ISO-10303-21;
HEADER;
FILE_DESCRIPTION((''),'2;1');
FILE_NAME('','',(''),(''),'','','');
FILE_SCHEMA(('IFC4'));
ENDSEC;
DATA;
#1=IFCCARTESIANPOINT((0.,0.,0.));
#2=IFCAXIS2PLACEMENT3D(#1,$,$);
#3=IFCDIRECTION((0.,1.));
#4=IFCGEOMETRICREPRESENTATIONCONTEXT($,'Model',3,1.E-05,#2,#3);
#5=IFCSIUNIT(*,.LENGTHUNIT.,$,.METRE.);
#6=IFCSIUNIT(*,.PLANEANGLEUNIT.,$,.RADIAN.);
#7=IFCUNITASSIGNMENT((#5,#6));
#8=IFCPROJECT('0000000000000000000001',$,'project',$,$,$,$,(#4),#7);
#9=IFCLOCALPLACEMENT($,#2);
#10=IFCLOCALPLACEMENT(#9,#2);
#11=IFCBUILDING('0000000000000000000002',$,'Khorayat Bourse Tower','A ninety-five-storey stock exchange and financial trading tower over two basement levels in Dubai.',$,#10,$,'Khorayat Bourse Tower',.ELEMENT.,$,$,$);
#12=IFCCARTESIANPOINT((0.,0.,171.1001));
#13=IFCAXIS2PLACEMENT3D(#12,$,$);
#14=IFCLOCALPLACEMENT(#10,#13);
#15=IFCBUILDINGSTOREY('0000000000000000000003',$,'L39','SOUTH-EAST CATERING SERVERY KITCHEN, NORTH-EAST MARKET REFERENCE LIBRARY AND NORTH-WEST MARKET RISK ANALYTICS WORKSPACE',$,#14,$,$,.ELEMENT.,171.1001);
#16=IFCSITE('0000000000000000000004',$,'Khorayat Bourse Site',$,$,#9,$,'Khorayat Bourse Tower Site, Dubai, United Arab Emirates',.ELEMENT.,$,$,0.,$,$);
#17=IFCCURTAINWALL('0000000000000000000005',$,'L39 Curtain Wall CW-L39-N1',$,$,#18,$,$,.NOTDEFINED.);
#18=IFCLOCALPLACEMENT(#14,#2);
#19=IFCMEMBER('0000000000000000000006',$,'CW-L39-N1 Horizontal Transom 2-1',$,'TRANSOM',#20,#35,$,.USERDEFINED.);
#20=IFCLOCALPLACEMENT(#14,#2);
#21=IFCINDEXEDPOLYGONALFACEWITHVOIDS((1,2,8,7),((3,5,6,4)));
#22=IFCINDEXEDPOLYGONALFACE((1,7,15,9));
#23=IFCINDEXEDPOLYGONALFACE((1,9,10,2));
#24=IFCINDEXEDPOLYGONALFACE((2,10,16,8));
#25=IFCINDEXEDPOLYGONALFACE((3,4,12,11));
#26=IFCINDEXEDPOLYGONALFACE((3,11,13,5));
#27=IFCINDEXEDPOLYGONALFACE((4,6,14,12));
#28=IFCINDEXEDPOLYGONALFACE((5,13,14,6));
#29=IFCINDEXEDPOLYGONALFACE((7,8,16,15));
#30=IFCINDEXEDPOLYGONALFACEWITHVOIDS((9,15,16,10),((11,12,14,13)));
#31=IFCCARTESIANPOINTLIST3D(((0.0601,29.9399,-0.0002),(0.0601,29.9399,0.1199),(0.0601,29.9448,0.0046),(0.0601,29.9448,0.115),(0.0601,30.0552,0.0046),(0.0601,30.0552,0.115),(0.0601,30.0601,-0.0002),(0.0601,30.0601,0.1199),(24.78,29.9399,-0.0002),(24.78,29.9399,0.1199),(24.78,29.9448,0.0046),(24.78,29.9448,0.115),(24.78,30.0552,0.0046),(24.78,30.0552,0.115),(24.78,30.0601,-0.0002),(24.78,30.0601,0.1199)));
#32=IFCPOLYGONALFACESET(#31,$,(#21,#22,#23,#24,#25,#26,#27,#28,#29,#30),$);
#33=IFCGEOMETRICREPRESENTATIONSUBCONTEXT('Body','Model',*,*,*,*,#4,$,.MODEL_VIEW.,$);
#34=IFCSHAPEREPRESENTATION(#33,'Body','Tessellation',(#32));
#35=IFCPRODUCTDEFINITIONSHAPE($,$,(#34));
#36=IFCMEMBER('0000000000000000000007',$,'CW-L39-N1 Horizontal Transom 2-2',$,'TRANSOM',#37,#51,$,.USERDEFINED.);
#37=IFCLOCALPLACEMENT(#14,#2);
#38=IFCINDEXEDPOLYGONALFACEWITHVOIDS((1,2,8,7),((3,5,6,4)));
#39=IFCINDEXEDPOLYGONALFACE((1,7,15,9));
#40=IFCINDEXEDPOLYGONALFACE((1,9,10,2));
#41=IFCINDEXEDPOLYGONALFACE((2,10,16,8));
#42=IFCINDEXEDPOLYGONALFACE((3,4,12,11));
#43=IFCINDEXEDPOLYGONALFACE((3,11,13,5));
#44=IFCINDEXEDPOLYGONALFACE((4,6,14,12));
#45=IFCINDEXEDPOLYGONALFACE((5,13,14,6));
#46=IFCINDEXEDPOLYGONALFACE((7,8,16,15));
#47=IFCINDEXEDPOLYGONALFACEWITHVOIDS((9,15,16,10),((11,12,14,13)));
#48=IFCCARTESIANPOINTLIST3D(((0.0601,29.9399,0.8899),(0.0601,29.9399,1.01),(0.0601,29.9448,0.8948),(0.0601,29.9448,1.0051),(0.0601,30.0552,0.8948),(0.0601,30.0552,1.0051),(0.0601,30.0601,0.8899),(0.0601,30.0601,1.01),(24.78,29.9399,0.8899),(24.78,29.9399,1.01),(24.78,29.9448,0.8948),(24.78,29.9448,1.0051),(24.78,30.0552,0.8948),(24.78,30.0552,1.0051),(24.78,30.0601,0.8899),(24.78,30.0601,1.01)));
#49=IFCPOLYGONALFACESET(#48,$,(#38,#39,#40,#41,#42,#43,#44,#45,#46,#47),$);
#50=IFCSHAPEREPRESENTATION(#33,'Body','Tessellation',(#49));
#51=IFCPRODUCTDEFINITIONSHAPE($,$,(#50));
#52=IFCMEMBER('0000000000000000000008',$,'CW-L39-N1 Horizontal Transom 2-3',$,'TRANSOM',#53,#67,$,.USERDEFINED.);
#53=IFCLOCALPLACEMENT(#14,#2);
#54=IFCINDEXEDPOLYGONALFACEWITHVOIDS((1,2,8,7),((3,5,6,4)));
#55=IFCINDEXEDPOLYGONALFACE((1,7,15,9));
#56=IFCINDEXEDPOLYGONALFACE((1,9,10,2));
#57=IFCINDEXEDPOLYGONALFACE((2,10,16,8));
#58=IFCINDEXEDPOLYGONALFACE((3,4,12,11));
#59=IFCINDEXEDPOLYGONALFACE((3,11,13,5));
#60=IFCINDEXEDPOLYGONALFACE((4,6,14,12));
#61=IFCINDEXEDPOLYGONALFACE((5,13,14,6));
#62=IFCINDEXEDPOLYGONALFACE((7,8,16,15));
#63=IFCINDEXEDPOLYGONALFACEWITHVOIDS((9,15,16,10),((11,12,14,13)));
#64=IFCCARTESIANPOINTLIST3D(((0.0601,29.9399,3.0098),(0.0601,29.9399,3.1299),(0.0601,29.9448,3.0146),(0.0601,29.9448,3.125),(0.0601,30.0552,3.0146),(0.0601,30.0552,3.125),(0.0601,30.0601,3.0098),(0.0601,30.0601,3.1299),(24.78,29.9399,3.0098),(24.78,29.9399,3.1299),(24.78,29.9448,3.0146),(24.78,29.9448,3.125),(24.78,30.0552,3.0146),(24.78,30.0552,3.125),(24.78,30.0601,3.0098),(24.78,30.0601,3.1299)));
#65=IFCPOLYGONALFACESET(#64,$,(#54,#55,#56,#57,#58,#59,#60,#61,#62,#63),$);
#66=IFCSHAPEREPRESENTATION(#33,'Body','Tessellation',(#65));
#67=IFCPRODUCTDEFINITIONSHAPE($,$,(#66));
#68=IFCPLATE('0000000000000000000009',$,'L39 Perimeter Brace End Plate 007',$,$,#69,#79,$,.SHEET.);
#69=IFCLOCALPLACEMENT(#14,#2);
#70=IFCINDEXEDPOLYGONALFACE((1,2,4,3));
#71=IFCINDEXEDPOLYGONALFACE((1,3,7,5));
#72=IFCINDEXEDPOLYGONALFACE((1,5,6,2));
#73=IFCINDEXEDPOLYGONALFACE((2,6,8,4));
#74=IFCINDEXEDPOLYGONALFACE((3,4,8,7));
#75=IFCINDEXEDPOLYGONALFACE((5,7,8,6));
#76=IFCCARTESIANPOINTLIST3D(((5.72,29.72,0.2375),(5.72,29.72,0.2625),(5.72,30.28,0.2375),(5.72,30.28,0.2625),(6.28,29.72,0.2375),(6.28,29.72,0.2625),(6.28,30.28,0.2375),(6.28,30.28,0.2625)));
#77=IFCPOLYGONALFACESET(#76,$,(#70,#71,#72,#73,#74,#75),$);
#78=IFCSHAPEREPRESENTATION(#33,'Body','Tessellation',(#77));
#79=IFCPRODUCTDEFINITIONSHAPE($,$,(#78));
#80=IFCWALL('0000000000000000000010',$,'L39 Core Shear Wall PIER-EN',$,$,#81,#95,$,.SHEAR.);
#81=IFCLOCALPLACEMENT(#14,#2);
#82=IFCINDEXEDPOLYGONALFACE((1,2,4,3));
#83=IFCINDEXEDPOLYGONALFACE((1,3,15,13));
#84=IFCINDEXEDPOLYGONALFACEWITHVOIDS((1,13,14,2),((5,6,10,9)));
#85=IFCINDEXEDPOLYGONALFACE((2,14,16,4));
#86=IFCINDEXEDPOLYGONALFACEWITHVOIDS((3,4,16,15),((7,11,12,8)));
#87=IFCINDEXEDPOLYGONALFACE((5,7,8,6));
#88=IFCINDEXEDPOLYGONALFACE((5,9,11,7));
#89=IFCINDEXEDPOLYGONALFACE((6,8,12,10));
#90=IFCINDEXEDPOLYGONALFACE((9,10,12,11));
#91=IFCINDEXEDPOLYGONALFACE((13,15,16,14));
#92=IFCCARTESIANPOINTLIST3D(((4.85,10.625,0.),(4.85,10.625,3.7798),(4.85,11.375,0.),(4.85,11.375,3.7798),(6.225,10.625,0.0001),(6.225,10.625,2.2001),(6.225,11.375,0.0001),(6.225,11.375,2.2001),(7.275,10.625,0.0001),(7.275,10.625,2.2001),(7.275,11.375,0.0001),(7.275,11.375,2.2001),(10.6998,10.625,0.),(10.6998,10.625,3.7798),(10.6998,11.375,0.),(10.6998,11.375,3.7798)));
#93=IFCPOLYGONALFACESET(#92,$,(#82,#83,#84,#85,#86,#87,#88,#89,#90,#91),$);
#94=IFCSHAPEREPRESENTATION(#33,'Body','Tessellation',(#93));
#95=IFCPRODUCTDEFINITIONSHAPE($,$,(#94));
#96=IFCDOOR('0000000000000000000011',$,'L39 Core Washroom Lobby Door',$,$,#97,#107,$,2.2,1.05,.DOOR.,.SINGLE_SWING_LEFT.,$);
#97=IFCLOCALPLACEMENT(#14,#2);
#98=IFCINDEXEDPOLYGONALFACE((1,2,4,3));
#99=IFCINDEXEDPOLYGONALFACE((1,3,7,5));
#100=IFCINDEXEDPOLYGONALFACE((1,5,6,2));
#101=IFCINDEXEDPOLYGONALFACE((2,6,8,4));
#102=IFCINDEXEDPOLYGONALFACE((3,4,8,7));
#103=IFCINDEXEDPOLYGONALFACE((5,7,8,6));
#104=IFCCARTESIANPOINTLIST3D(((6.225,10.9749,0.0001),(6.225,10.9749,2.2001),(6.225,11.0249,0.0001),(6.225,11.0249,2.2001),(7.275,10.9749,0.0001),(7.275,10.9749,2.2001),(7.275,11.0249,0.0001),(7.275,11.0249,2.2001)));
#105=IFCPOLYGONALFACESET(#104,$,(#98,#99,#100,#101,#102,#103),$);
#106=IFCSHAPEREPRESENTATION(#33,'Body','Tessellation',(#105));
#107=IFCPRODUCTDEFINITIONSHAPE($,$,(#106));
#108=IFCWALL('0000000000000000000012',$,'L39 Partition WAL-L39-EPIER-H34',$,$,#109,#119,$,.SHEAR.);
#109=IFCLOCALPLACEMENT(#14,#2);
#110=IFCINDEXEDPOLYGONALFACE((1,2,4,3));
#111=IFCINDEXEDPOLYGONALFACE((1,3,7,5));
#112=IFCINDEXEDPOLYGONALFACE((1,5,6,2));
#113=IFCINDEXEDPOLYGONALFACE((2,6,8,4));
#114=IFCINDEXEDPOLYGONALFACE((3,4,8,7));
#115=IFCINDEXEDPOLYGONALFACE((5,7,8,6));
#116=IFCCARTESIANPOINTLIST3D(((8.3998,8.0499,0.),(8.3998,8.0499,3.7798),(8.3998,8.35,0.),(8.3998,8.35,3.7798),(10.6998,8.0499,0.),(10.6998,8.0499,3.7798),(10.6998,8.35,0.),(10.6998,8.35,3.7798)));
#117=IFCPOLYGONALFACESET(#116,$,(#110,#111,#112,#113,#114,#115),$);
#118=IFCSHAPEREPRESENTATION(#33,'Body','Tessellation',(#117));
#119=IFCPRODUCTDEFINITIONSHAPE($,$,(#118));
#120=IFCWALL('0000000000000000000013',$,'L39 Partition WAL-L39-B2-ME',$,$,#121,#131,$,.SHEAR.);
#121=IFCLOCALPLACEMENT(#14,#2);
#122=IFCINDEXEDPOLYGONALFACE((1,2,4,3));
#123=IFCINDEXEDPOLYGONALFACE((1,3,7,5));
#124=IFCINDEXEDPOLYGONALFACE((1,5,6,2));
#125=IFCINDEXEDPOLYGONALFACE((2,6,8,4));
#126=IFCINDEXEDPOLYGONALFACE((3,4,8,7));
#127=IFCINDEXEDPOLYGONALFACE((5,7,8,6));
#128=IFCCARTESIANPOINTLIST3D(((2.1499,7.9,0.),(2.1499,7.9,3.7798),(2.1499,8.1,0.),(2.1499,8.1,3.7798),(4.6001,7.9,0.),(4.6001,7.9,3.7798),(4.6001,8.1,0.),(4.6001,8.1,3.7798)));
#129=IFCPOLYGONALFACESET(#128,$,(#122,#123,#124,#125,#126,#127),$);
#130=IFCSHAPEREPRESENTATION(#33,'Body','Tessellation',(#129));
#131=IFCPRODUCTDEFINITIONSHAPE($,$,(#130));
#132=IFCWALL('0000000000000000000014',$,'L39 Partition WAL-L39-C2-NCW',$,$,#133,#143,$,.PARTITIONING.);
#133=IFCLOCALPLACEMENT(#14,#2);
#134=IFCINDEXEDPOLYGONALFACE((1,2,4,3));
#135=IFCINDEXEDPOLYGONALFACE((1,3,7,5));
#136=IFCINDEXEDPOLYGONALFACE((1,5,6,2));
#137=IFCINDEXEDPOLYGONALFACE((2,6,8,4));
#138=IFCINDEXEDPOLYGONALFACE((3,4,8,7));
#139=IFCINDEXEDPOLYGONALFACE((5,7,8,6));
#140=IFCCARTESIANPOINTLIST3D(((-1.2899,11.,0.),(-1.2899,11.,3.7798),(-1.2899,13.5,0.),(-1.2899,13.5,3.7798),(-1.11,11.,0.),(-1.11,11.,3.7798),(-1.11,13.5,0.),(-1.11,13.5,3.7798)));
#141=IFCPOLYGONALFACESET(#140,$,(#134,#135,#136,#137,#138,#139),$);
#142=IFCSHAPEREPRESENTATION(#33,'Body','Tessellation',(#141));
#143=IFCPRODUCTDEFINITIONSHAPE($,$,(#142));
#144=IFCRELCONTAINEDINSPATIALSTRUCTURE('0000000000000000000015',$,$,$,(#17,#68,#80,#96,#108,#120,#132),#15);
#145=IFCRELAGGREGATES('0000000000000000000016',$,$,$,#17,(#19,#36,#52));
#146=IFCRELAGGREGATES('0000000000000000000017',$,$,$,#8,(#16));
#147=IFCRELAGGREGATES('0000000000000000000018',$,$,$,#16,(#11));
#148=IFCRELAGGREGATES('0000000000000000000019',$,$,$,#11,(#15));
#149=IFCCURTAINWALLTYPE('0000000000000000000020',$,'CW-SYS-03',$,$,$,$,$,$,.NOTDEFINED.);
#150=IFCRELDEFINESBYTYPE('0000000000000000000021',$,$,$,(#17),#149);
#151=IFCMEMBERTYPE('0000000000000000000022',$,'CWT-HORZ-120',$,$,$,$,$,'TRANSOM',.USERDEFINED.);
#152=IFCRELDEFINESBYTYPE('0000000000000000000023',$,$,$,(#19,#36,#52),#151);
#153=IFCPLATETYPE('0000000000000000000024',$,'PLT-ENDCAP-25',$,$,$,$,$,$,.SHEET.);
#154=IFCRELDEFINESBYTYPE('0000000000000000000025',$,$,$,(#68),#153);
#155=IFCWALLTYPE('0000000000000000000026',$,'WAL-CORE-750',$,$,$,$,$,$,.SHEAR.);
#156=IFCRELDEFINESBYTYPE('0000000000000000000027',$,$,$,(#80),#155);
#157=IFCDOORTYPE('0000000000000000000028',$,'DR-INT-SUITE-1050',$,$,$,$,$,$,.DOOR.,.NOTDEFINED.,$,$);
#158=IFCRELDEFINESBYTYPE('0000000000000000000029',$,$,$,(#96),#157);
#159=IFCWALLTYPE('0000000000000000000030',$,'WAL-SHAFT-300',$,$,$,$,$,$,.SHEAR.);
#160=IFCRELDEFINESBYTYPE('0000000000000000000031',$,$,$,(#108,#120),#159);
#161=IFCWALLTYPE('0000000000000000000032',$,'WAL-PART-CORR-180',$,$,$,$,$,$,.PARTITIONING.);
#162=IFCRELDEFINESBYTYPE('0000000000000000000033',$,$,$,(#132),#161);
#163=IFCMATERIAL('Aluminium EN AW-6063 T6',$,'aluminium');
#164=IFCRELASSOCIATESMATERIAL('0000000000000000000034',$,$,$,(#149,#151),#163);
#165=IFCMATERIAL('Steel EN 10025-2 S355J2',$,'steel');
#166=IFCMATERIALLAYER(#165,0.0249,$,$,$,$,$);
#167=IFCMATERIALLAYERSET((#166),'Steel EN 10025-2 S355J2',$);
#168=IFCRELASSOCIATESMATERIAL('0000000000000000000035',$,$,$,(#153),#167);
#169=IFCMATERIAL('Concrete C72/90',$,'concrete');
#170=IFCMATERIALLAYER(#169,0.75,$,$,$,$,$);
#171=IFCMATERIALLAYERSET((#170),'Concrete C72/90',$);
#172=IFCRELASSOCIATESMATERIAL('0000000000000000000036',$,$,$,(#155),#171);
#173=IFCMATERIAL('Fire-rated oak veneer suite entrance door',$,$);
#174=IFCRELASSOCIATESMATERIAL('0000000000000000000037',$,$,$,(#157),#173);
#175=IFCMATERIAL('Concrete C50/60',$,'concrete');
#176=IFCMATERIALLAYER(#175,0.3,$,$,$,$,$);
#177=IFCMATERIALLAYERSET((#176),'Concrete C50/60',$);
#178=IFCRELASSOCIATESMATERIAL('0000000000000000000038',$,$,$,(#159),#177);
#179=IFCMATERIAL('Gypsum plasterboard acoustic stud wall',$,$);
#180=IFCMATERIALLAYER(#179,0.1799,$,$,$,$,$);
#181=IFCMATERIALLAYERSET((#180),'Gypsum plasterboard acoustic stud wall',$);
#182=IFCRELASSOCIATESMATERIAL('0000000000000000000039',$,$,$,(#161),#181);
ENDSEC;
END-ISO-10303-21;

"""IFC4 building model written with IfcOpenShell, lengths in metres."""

from ifc_helpers import new_model, si_unit, direction, frame, frame_2d, origin, origin_2d, place, context, subcontext, project, spatial, rectangle, hollow_rectangle, extrude, source, transform, mapped, material, layer, layer_set, material_profile, profile_set, type_object, element, fill, aggregate, save


model = new_model("IFC4")

# Units and contexts
model_context = context("Model", 3, precision=1e-05, world=origin(), true_north=direction((0.0, 1.0)))
body_context = subcontext(model_context, "Body", "Model", "MODEL_VIEW")
ifc_project = project(units=[si_unit("LENGTHUNIT", "METRE"), si_unit("PLANEANGLEUNIT", "RADIAN")], contexts=[model_context])

# Site, building, storey
site_placement = place(None, origin())
site = spatial("IfcSite", under=ifc_project, at=site_placement, Name="Khorayat Bourse Site", LongName="Khorayat Bourse Tower Site, Dubai, United Arab Emirates", CompositionType="ELEMENT", RefElevation=0.0)
building_placement = place(site_placement, origin())
building = spatial("IfcBuilding", under=site, at=building_placement, Name="Khorayat Bourse Tower", Description="A ninety-five-storey stock exchange and financial trading tower over two basement levels in Dubai.", LongName="Khorayat Bourse Tower", CompositionType="ELEMENT")
storey_placement = place(building_placement, frame((0.0, 0.0, 171.1001)))
storey = spatial("IfcBuildingStorey", under=building, at=storey_placement, Name="L39", Description="SOUTH-EAST CATERING SERVERY KITCHEN, NORTH-EAST MARKET REFERENCE LIBRARY AND NORTH-WEST MARKET RISK ANALYTICS WORKSPACE", CompositionType="ELEMENT", Elevation=171.1001)

# Shared definitions
ifc_material_1 = material(Name="Concrete C72/90", Category="concrete")

# Curtain wall, members
ifc_material_2 = material(Name="Aluminium EN AW-6063 T6", Category="aluminium")
curtain_wall_type = type_object("IfcCurtainWallType", Name="CW-SYS-03", PredefinedType="NOTDEFINED", material=ifc_material_2)
curtain_wall_placement = place(storey_placement, origin())
curtain_wall = element("IfcCurtainWall", 1, at=curtain_wall_placement, inside=storey, type_object=curtain_wall_type, Name="L39 Curtain Wall CW-L39-N1", PredefinedType="NOTDEFINED")
ifc_material_profile_1 = material_profile(ifc_material_2, hollow_rectangle(XDim=0.1201, YDim=0.1201, WallThickness=0.0049, at=origin_2d()), Name="ALU 120x120x5")
ifc_profile_set_1 = profile_set([ifc_material_profile_1], Name="Aluminium EN AW-6063 T6")
member_type_1 = type_object("IfcMemberType", Name="CWT-HORZ-120", ElementType="TRANSOM", PredefinedType="USERDEFINED", material=ifc_profile_set_1)
shared_shape_1 = source(origin(), body_context, "Body", "SweptSolid", [
    extrude(hollow_rectangle(XDim=0.1201, YDim=0.1201, WallThickness=0.0049, at=origin_2d()), origin(), (0.0, 0.0, 1.0), 24.72),
])
member_1_placement = place(storey_placement, frame((0.0601, 30.0, 0.0598), z_axis=(1.0, 0.0, 0.0), x_axis=(0.0, 1.0, 0.0)))
member_1 = element("IfcMember", 2, at=member_1_placement, type_object=member_type_1, Name="CW-L39-N1 Horizontal Transom 2-1", ObjectType="TRANSOM", PredefinedType="USERDEFINED", context=body_context, shape_type="MappedRepresentation", body=[
    mapped(shared_shape_1, transform((0.0, 0.0, 0.0), scale=1.0)),
])
member_2_placement = place(storey_placement, frame((0.0601, 30.0, 0.95), z_axis=(1.0, 0.0, 0.0), x_axis=(0.0, 1.0, 0.0)))
member_2 = element("IfcMember", 3, at=member_2_placement, type_object=member_type_1, Name="CW-L39-N1 Horizontal Transom 2-2", ObjectType="TRANSOM", PredefinedType="USERDEFINED", context=body_context, shape_type="MappedRepresentation", body=[
    mapped(shared_shape_1, transform((0.0, 0.0, 0.0), scale=1.0)),
])
member_3_placement = place(storey_placement, frame((0.0601, 30.0, 3.0698), z_axis=(1.0, 0.0, 0.0), x_axis=(0.0, 1.0, 0.0)))
member_3 = element("IfcMember", 4, at=member_3_placement, type_object=member_type_1, Name="CW-L39-N1 Horizontal Transom 2-3", ObjectType="TRANSOM", PredefinedType="USERDEFINED", context=body_context, shape_type="MappedRepresentation", body=[
    mapped(shared_shape_1, transform((0.0, 0.0, 0.0), scale=1.0)),
])
aggregate(curtain_wall, [member_1, member_2, member_3])

# Plate
ifc_material_3 = material(Name="Steel EN 10025-2 S355J2", Category="steel")
ifc_layer_1 = layer(ifc_material_3, 0.0249)
ifc_layer_set_1 = layer_set([ifc_layer_1], Name="Steel EN 10025-2 S355J2")
plate_type = type_object("IfcPlateType", Name="PLT-ENDCAP-25", PredefinedType="SHEET", material=ifc_layer_set_1)
shared_shape_2 = source(origin(), body_context, "Body", "SweptSolid", [
    extrude(rectangle(XDim=0.5601, YDim=0.5601, at=origin_2d()), origin(), (0.0, 0.0, 1.0), 0.0249),
])
plate_placement = place(storey_placement, frame((6.0, 30.0, 0.2375), z_axis=(0.0, 0.0, 1.0), x_axis=(1.0, 0.0, 0.0)))
element("IfcPlate", 5, at=plate_placement, inside=storey, type_object=plate_type, Name="L39 Perimeter Brace End Plate 007", PredefinedType="SHEET", context=body_context, shape_type="MappedRepresentation", body=[
    mapped(shared_shape_2, transform((0.0, 0.0, 0.0), scale=1.0)),
])

# Wall, opening, door
ifc_layer_2 = layer(ifc_material_1, 0.75)
ifc_layer_set_2 = layer_set([ifc_layer_2], Name="Concrete C72/90")
wall_type_1 = type_object("IfcWallType", Name="WAL-CORE-750", PredefinedType="SHEAR", material=ifc_layer_set_2)
shared_shape_3 = source(origin(), body_context, "Body", "SweptSolid", [
    extrude(rectangle(XDim=5.8499, YDim=0.75, at=frame_2d((2.9248, 0.0))), origin(), (0.0, 0.0, 1.0), 3.7798),
])
wall_1_placement = place(storey_placement, frame((4.8501, 11.0, 0.0), z_axis=(0.0, 0.0, 1.0), x_axis=(1.0, 0.0, 0.0)))
wall_1 = element("IfcWall", 6, at=wall_1_placement, inside=storey, type_object=wall_type_1, Name="L39 Core Shear Wall PIER-EN", PredefinedType="SHEAR", context=body_context, shape_type="MappedRepresentation", body=[
    mapped(shared_shape_3, transform((0.0, 0.0, 0.0), scale=1.0)),
])
shared_shape_4 = source(origin(), body_context, "Body", "SweptSolid", [
    extrude(rectangle(XDim=1.05, YDim=2.2, at=frame_2d((0.5249, 1.1001))), frame((0.0, 0.385, 0.0), z_axis=(0.0, -1.0, 0.0), x_axis=(1.0, 0.0, 0.0)), (0.0, 0.0, 1.0), 0.77),
])
opening_1_placement = place(wall_1_placement, frame((1.375, 0.0, 0.0)))
opening_1 = element("IfcOpeningElement", 7, at=opening_1_placement, cuts=wall_1, PredefinedType="OPENING", context=body_context, shape_type="MappedRepresentation", body=[
    mapped(shared_shape_4, transform((0.0, 0.0, 0.0), scale=1.0)),
])
ifc_material_4 = material(Name="Fire-rated oak veneer suite entrance door")
door_type_1 = type_object("IfcDoorType", Name="DR-INT-SUITE-1050", OperationType="NOTDEFINED", PredefinedType="DOOR", material=ifc_material_4)
shared_shape_5 = source(origin(), body_context, "Body", "SweptSolid", [
    extrude(rectangle(XDim=1.05, YDim=2.2, at=frame_2d((0.5249, 1.1001))), frame((0.0, 0.0249, 0.0), z_axis=(0.0, -1.0, 0.0), x_axis=(1.0, 0.0, 0.0)), (0.0, 0.0, 1.0), 0.05),
])
door_1_placement = place(opening_1_placement, origin())
door_1 = element("IfcDoor", 8, at=door_1_placement, inside=storey, type_object=door_type_1, Name="L39 Core Washroom Lobby Door", OperationType="SINGLE_SWING_LEFT", OverallHeight=2.2, OverallWidth=1.05, PredefinedType="DOOR", context=body_context, shape_type="MappedRepresentation", body=[
    mapped(shared_shape_5, transform((0.0, 0.0, 0.0), scale=1.0)),
])
fill(opening_1, door_1)

# Wall
ifc_material_5 = material(Name="Concrete C50/60", Category="concrete")
ifc_layer_3 = layer(ifc_material_5, 0.3)
ifc_layer_set_3 = layer_set([ifc_layer_3], Name="Concrete C50/60")
wall_type_2 = type_object("IfcWallType", Name="WAL-SHAFT-300", PredefinedType="SHEAR", material=ifc_layer_set_3)
shared_shape_6 = source(origin(), body_context, "Body", "SweptSolid", [
    extrude(rectangle(XDim=2.3, YDim=0.3, at=frame_2d((1.1499, 0.0))), origin(), (0.0, 0.0, 1.0), 3.7798),
])
wall_2_placement = place(storey_placement, frame((8.3999, 8.2, 0.0), z_axis=(0.0, 0.0, 1.0), x_axis=(1.0, 0.0, 0.0)))
element("IfcWall", 9, at=wall_2_placement, inside=storey, type_object=wall_type_2, Name="L39 Partition WAL-L39-EPIER-H34", PredefinedType="SHEAR", context=body_context, shape_type="MappedRepresentation", body=[
    mapped(shared_shape_6, transform((0.0, 0.0, 0.0), scale=1.0)),
])

# Walls
shared_shape_7 = source(origin(), body_context, "Body", "SweptSolid", [
    extrude(rectangle(XDim=2.4502, YDim=0.2, at=frame_2d((1.2251, 0.0))), origin(), (0.0, 0.0, 1.0), 3.7798),
])
wall_3_placement = place(storey_placement, frame((2.1499, 8.0, 0.0), z_axis=(0.0, 0.0, 1.0), x_axis=(1.0, 0.0, 0.0)))
element("IfcWall", 10, at=wall_3_placement, inside=storey, type_object=wall_type_2, Name="L39 Partition WAL-L39-B2-ME", PredefinedType="SHEAR", context=body_context, shape_type="MappedRepresentation", body=[
    mapped(shared_shape_7, transform((0.0, 0.0, 0.0), scale=1.0)),
])
ifc_material_6 = material(Name="Gypsum plasterboard acoustic stud wall")
ifc_layer_4 = layer(ifc_material_6, 0.1799)
ifc_layer_set_4 = layer_set([ifc_layer_4], Name="Gypsum plasterboard acoustic stud wall")
wall_type_3 = type_object("IfcWallType", Name="WAL-PART-CORR-180", PredefinedType="PARTITIONING", material=ifc_layer_set_4)
shared_shape_8 = source(origin(), body_context, "Body", "SweptSolid", [
    extrude(rectangle(XDim=2.5, YDim=0.1799, at=frame_2d((1.25, 0.0))), origin(), (0.0, 0.0, 1.0), 3.7798),
])
wall_4_placement = place(storey_placement, frame((-1.2, 11.0, 0.0), z_axis=(0.0, 0.0, 1.0), x_axis=(0.0, 1.0, 0.0)))
element("IfcWall", 11, at=wall_4_placement, inside=storey, type_object=wall_type_3, Name="L39 Partition WAL-L39-C2-NCW", PredefinedType="PARTITIONING", context=body_context, shape_type="MappedRepresentation", body=[
    mapped(shared_shape_8, transform((0.0, 0.0, 0.0), scale=1.0)),
])

save(model, "model.ifc")
